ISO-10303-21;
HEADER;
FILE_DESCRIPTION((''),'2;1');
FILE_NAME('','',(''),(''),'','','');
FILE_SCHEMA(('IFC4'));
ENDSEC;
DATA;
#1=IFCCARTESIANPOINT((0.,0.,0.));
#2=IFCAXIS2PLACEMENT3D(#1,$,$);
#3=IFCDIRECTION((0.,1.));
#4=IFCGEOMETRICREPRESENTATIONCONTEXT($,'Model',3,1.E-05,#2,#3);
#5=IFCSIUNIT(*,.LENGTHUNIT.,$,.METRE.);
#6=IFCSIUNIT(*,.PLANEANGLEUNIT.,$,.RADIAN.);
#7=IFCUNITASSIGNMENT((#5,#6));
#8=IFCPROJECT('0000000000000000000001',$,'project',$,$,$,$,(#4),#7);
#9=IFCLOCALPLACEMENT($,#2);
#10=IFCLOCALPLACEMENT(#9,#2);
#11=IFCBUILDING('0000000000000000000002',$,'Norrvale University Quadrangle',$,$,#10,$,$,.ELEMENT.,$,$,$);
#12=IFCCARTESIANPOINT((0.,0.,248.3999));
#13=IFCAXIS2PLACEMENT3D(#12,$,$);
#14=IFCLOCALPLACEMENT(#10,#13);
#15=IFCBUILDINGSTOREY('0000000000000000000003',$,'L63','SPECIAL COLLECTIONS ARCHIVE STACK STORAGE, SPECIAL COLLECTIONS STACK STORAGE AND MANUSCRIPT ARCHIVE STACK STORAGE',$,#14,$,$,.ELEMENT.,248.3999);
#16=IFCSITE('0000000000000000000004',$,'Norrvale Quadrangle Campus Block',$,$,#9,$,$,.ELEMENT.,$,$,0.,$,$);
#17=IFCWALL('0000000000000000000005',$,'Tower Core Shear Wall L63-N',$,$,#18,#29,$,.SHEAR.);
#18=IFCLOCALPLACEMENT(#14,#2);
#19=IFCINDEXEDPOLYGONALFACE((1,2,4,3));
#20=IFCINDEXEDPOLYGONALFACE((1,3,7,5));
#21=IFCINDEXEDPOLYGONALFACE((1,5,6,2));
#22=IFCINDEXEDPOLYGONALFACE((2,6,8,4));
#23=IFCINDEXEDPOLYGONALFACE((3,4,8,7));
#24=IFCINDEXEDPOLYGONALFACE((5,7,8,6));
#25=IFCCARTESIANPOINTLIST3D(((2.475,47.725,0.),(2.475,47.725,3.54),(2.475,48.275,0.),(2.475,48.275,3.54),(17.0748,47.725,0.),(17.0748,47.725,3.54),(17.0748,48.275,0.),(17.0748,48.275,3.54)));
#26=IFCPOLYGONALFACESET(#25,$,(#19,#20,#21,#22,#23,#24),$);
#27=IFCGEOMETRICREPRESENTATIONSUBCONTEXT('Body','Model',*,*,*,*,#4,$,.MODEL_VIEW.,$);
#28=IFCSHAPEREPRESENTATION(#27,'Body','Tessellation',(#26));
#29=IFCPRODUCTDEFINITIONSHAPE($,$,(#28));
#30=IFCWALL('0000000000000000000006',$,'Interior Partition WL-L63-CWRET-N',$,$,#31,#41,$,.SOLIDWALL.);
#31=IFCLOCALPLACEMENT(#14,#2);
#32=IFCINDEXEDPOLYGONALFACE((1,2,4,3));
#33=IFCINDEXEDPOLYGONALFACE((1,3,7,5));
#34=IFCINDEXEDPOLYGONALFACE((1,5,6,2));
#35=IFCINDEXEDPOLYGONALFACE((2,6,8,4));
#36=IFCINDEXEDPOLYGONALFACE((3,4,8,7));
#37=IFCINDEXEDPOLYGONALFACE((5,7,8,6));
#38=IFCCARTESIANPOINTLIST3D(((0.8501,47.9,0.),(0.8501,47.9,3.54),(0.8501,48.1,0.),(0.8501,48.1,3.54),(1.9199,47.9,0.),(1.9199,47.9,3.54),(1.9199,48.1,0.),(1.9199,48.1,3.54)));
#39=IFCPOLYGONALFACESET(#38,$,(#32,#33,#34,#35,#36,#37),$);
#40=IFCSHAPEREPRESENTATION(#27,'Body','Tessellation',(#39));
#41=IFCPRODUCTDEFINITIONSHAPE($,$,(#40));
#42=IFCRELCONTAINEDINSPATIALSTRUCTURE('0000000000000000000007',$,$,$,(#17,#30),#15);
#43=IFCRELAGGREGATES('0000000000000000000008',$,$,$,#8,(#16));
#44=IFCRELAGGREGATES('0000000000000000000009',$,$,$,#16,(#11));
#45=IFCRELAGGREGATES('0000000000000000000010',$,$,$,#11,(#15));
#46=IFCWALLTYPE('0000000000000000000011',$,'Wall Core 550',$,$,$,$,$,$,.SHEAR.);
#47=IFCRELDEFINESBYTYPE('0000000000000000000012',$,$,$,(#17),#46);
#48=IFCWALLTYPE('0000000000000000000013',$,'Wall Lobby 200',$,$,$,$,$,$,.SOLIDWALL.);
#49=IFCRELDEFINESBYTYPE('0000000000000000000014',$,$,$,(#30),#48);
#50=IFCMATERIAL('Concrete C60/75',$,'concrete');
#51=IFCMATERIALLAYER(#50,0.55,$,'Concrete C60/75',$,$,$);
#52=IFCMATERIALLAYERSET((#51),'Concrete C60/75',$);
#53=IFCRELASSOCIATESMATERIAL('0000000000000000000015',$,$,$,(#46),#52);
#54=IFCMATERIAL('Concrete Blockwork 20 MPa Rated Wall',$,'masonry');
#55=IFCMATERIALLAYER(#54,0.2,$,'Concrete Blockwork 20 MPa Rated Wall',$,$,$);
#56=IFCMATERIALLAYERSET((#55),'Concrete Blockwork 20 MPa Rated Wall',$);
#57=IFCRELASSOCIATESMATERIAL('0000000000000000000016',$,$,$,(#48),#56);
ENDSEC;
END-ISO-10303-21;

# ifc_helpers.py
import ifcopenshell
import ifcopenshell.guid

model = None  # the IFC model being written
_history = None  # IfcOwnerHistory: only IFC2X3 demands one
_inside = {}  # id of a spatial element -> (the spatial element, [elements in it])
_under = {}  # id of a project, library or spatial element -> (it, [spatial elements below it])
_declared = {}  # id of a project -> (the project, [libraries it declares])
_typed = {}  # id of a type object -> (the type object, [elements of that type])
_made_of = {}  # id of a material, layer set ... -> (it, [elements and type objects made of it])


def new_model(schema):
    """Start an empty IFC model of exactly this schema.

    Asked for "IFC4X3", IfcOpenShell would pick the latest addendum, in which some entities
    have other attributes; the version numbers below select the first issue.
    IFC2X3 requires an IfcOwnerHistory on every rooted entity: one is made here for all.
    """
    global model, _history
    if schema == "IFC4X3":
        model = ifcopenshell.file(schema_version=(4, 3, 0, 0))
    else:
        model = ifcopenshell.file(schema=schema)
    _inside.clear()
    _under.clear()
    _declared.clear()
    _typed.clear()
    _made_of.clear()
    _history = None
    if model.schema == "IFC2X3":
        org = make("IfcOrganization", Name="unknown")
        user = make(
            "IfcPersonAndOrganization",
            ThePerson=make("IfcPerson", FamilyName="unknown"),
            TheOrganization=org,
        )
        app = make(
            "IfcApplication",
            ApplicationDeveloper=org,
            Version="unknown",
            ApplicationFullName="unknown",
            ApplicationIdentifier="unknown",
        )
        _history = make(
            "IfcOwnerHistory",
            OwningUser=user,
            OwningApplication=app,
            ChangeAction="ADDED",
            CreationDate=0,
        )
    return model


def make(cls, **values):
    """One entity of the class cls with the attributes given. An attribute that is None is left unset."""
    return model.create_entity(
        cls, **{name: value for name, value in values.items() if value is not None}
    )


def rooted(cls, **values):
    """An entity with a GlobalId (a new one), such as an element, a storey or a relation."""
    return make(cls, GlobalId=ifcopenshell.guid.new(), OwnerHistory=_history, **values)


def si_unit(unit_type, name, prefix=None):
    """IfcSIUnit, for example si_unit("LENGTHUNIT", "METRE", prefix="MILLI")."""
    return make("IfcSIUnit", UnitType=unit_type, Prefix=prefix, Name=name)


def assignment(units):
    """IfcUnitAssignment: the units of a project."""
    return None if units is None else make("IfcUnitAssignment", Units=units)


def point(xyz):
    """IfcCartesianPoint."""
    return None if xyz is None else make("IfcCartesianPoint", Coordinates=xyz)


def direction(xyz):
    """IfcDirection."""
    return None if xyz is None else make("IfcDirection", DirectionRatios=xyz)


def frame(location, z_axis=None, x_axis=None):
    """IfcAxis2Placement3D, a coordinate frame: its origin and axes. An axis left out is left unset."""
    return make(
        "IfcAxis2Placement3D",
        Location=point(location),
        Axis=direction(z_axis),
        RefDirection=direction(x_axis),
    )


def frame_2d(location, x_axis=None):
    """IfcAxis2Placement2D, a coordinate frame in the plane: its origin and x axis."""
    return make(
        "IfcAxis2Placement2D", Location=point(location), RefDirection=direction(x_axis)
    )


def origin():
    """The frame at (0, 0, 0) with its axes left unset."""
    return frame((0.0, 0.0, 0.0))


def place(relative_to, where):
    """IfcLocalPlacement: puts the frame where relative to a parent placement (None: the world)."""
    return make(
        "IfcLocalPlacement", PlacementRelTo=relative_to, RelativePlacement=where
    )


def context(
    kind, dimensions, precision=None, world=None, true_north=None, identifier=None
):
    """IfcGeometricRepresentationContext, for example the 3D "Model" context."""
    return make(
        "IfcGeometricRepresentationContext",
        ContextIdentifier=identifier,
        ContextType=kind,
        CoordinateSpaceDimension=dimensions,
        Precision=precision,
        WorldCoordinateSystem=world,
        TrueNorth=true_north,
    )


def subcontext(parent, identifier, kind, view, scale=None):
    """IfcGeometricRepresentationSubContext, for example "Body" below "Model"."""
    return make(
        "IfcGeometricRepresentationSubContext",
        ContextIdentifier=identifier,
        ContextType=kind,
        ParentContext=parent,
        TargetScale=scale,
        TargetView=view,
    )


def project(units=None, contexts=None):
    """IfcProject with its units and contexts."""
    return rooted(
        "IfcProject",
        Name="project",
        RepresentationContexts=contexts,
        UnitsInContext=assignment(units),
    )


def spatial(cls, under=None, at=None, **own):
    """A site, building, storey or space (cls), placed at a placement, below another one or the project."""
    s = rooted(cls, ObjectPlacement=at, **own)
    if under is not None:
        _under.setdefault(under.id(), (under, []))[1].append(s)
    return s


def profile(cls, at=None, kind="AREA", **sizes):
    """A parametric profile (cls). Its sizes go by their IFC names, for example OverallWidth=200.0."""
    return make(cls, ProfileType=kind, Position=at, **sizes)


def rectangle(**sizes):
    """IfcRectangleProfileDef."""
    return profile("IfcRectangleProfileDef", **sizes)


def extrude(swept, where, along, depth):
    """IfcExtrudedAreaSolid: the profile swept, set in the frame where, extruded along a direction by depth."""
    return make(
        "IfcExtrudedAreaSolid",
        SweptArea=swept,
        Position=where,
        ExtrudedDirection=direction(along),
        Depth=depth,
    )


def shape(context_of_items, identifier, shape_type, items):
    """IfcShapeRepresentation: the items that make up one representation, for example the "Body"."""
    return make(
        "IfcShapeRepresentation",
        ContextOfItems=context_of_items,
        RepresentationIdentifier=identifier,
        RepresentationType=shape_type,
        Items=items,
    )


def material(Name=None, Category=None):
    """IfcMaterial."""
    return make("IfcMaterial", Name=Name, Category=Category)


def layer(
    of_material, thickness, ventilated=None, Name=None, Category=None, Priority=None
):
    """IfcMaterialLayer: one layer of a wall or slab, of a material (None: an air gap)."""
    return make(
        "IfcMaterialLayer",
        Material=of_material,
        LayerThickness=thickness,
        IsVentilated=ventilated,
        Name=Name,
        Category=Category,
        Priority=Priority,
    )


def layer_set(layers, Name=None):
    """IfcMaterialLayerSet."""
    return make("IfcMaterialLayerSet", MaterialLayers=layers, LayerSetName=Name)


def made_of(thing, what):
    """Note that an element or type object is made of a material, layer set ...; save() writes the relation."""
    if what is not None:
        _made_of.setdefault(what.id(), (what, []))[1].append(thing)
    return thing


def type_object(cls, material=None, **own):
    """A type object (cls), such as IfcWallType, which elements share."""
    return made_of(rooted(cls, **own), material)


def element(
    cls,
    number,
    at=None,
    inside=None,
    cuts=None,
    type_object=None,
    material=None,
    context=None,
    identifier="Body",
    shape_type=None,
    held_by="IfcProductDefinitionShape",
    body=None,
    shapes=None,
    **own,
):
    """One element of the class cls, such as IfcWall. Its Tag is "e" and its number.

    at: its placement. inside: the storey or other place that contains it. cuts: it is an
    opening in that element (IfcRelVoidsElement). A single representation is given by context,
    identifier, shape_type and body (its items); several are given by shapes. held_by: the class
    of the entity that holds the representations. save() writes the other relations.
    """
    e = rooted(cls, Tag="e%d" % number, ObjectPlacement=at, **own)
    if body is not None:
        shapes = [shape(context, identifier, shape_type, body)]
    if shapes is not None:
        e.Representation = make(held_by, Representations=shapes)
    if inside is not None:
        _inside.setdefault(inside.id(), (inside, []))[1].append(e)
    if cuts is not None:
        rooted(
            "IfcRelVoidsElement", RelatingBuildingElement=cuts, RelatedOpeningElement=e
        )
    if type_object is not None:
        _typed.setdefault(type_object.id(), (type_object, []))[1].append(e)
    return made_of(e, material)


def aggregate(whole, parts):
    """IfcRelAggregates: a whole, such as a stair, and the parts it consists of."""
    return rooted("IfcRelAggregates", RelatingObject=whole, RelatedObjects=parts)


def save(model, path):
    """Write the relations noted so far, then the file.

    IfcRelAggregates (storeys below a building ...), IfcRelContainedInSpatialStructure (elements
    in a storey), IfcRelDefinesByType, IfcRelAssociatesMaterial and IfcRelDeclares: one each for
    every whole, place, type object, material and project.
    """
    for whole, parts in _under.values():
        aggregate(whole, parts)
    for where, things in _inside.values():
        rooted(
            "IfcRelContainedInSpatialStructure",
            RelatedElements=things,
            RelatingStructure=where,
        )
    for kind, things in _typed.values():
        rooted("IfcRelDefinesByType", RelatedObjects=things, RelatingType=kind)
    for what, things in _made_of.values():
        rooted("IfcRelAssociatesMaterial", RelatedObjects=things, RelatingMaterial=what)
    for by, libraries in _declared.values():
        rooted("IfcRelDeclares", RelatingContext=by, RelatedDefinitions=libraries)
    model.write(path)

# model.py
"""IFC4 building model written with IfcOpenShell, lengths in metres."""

from ifc_helpers import new_model, si_unit, direction, frame, frame_2d, origin, place, context, subcontext, project, spatial, rectangle, extrude, material, layer, layer_set, type_object, element, save


model = new_model("IFC4")

# Units and contexts
model_context = context("Model", 3, precision=1e-05, world=origin(), true_north=direction((0.0, 1.0)))
body_context = subcontext(model_context, "Body", "Model", "MODEL_VIEW")
ifc_project = project(units=[si_unit("LENGTHUNIT", "METRE"), si_unit("PLANEANGLEUNIT", "RADIAN")], contexts=[model_context])

# Site, building, storey
site_placement = place(None, origin())
site = spatial("IfcSite", under=ifc_project, at=site_placement, Name="Norrvale Quadrangle Campus Block", CompositionType="ELEMENT", RefElevation=0.0)
building_placement = place(site_placement, origin())
building = spatial("IfcBuilding", under=site, at=building_placement, Name="Norrvale University Quadrangle", CompositionType="ELEMENT")
storey_placement = place(building_placement, frame((0.0, 0.0, 248.3999)))
storey = spatial("IfcBuildingStorey", under=building, at=storey_placement, Name="L63", Description="SPECIAL COLLECTIONS ARCHIVE STACK STORAGE, SPECIAL COLLECTIONS STACK STORAGE AND MANUSCRIPT ARCHIVE STACK STORAGE", CompositionType="ELEMENT", Elevation=248.3999)

# Shared definitions
ifc_material_1 = material(Name="Concrete C60/75", Category="concrete")

# Walls
ifc_layer_1 = layer(ifc_material_1, 0.55, Name="Concrete C60/75")
ifc_layer_set_1 = layer_set([ifc_layer_1], Name="Concrete C60/75")
wall_type_1 = type_object("IfcWallType", Name="Wall Core 550", PredefinedType="SHEAR", material=ifc_layer_set_1)
wall_1_placement = place(storey_placement, frame((2.4751, 48.0, 0.0), z_axis=(0.0, 0.0, 1.0), x_axis=(1.0, 0.0, 0.0)))
element("IfcWall", 1, at=wall_1_placement, inside=storey, type_object=wall_type_1, Name="Tower Core Shear Wall L63-N", PredefinedType="SHEAR", context=body_context, shape_type="SweptSolid", body=[
    extrude(rectangle(XDim=14.5999, YDim=0.55, at=frame_2d((7.2998, 0.0))), origin(), (0.0, 0.0, 1.0), 3.54),
])
ifc_material_2 = material(Name="Concrete Blockwork 20 MPa Rated Wall", Category="masonry")
ifc_layer_2 = layer(ifc_material_2, 0.2, Name="Concrete Blockwork 20 MPa Rated Wall")
ifc_layer_set_2 = layer_set([ifc_layer_2], Name="Concrete Blockwork 20 MPa Rated Wall")
wall_type_2 = type_object("IfcWallType", Name="Wall Lobby 200", PredefinedType="SOLIDWALL", material=ifc_layer_set_2)
wall_2_placement = place(storey_placement, frame((0.8501, 48.0, 0.0), z_axis=(0.0, 0.0, 1.0), x_axis=(1.0, 0.0, 0.0)))
element("IfcWall", 2, at=wall_2_placement, inside=storey, type_object=wall_type_2, Name="Interior Partition WL-L63-CWRET-N", PredefinedType="SOLIDWALL", context=body_context, shape_type="SweptSolid", body=[
    extrude(rectangle(XDim=1.0698, YDim=0.2, at=frame_2d((0.5349, 0.0))), origin(), (0.0, 0.0, 1.0), 3.54),
])

save(model, "model.ifc")
